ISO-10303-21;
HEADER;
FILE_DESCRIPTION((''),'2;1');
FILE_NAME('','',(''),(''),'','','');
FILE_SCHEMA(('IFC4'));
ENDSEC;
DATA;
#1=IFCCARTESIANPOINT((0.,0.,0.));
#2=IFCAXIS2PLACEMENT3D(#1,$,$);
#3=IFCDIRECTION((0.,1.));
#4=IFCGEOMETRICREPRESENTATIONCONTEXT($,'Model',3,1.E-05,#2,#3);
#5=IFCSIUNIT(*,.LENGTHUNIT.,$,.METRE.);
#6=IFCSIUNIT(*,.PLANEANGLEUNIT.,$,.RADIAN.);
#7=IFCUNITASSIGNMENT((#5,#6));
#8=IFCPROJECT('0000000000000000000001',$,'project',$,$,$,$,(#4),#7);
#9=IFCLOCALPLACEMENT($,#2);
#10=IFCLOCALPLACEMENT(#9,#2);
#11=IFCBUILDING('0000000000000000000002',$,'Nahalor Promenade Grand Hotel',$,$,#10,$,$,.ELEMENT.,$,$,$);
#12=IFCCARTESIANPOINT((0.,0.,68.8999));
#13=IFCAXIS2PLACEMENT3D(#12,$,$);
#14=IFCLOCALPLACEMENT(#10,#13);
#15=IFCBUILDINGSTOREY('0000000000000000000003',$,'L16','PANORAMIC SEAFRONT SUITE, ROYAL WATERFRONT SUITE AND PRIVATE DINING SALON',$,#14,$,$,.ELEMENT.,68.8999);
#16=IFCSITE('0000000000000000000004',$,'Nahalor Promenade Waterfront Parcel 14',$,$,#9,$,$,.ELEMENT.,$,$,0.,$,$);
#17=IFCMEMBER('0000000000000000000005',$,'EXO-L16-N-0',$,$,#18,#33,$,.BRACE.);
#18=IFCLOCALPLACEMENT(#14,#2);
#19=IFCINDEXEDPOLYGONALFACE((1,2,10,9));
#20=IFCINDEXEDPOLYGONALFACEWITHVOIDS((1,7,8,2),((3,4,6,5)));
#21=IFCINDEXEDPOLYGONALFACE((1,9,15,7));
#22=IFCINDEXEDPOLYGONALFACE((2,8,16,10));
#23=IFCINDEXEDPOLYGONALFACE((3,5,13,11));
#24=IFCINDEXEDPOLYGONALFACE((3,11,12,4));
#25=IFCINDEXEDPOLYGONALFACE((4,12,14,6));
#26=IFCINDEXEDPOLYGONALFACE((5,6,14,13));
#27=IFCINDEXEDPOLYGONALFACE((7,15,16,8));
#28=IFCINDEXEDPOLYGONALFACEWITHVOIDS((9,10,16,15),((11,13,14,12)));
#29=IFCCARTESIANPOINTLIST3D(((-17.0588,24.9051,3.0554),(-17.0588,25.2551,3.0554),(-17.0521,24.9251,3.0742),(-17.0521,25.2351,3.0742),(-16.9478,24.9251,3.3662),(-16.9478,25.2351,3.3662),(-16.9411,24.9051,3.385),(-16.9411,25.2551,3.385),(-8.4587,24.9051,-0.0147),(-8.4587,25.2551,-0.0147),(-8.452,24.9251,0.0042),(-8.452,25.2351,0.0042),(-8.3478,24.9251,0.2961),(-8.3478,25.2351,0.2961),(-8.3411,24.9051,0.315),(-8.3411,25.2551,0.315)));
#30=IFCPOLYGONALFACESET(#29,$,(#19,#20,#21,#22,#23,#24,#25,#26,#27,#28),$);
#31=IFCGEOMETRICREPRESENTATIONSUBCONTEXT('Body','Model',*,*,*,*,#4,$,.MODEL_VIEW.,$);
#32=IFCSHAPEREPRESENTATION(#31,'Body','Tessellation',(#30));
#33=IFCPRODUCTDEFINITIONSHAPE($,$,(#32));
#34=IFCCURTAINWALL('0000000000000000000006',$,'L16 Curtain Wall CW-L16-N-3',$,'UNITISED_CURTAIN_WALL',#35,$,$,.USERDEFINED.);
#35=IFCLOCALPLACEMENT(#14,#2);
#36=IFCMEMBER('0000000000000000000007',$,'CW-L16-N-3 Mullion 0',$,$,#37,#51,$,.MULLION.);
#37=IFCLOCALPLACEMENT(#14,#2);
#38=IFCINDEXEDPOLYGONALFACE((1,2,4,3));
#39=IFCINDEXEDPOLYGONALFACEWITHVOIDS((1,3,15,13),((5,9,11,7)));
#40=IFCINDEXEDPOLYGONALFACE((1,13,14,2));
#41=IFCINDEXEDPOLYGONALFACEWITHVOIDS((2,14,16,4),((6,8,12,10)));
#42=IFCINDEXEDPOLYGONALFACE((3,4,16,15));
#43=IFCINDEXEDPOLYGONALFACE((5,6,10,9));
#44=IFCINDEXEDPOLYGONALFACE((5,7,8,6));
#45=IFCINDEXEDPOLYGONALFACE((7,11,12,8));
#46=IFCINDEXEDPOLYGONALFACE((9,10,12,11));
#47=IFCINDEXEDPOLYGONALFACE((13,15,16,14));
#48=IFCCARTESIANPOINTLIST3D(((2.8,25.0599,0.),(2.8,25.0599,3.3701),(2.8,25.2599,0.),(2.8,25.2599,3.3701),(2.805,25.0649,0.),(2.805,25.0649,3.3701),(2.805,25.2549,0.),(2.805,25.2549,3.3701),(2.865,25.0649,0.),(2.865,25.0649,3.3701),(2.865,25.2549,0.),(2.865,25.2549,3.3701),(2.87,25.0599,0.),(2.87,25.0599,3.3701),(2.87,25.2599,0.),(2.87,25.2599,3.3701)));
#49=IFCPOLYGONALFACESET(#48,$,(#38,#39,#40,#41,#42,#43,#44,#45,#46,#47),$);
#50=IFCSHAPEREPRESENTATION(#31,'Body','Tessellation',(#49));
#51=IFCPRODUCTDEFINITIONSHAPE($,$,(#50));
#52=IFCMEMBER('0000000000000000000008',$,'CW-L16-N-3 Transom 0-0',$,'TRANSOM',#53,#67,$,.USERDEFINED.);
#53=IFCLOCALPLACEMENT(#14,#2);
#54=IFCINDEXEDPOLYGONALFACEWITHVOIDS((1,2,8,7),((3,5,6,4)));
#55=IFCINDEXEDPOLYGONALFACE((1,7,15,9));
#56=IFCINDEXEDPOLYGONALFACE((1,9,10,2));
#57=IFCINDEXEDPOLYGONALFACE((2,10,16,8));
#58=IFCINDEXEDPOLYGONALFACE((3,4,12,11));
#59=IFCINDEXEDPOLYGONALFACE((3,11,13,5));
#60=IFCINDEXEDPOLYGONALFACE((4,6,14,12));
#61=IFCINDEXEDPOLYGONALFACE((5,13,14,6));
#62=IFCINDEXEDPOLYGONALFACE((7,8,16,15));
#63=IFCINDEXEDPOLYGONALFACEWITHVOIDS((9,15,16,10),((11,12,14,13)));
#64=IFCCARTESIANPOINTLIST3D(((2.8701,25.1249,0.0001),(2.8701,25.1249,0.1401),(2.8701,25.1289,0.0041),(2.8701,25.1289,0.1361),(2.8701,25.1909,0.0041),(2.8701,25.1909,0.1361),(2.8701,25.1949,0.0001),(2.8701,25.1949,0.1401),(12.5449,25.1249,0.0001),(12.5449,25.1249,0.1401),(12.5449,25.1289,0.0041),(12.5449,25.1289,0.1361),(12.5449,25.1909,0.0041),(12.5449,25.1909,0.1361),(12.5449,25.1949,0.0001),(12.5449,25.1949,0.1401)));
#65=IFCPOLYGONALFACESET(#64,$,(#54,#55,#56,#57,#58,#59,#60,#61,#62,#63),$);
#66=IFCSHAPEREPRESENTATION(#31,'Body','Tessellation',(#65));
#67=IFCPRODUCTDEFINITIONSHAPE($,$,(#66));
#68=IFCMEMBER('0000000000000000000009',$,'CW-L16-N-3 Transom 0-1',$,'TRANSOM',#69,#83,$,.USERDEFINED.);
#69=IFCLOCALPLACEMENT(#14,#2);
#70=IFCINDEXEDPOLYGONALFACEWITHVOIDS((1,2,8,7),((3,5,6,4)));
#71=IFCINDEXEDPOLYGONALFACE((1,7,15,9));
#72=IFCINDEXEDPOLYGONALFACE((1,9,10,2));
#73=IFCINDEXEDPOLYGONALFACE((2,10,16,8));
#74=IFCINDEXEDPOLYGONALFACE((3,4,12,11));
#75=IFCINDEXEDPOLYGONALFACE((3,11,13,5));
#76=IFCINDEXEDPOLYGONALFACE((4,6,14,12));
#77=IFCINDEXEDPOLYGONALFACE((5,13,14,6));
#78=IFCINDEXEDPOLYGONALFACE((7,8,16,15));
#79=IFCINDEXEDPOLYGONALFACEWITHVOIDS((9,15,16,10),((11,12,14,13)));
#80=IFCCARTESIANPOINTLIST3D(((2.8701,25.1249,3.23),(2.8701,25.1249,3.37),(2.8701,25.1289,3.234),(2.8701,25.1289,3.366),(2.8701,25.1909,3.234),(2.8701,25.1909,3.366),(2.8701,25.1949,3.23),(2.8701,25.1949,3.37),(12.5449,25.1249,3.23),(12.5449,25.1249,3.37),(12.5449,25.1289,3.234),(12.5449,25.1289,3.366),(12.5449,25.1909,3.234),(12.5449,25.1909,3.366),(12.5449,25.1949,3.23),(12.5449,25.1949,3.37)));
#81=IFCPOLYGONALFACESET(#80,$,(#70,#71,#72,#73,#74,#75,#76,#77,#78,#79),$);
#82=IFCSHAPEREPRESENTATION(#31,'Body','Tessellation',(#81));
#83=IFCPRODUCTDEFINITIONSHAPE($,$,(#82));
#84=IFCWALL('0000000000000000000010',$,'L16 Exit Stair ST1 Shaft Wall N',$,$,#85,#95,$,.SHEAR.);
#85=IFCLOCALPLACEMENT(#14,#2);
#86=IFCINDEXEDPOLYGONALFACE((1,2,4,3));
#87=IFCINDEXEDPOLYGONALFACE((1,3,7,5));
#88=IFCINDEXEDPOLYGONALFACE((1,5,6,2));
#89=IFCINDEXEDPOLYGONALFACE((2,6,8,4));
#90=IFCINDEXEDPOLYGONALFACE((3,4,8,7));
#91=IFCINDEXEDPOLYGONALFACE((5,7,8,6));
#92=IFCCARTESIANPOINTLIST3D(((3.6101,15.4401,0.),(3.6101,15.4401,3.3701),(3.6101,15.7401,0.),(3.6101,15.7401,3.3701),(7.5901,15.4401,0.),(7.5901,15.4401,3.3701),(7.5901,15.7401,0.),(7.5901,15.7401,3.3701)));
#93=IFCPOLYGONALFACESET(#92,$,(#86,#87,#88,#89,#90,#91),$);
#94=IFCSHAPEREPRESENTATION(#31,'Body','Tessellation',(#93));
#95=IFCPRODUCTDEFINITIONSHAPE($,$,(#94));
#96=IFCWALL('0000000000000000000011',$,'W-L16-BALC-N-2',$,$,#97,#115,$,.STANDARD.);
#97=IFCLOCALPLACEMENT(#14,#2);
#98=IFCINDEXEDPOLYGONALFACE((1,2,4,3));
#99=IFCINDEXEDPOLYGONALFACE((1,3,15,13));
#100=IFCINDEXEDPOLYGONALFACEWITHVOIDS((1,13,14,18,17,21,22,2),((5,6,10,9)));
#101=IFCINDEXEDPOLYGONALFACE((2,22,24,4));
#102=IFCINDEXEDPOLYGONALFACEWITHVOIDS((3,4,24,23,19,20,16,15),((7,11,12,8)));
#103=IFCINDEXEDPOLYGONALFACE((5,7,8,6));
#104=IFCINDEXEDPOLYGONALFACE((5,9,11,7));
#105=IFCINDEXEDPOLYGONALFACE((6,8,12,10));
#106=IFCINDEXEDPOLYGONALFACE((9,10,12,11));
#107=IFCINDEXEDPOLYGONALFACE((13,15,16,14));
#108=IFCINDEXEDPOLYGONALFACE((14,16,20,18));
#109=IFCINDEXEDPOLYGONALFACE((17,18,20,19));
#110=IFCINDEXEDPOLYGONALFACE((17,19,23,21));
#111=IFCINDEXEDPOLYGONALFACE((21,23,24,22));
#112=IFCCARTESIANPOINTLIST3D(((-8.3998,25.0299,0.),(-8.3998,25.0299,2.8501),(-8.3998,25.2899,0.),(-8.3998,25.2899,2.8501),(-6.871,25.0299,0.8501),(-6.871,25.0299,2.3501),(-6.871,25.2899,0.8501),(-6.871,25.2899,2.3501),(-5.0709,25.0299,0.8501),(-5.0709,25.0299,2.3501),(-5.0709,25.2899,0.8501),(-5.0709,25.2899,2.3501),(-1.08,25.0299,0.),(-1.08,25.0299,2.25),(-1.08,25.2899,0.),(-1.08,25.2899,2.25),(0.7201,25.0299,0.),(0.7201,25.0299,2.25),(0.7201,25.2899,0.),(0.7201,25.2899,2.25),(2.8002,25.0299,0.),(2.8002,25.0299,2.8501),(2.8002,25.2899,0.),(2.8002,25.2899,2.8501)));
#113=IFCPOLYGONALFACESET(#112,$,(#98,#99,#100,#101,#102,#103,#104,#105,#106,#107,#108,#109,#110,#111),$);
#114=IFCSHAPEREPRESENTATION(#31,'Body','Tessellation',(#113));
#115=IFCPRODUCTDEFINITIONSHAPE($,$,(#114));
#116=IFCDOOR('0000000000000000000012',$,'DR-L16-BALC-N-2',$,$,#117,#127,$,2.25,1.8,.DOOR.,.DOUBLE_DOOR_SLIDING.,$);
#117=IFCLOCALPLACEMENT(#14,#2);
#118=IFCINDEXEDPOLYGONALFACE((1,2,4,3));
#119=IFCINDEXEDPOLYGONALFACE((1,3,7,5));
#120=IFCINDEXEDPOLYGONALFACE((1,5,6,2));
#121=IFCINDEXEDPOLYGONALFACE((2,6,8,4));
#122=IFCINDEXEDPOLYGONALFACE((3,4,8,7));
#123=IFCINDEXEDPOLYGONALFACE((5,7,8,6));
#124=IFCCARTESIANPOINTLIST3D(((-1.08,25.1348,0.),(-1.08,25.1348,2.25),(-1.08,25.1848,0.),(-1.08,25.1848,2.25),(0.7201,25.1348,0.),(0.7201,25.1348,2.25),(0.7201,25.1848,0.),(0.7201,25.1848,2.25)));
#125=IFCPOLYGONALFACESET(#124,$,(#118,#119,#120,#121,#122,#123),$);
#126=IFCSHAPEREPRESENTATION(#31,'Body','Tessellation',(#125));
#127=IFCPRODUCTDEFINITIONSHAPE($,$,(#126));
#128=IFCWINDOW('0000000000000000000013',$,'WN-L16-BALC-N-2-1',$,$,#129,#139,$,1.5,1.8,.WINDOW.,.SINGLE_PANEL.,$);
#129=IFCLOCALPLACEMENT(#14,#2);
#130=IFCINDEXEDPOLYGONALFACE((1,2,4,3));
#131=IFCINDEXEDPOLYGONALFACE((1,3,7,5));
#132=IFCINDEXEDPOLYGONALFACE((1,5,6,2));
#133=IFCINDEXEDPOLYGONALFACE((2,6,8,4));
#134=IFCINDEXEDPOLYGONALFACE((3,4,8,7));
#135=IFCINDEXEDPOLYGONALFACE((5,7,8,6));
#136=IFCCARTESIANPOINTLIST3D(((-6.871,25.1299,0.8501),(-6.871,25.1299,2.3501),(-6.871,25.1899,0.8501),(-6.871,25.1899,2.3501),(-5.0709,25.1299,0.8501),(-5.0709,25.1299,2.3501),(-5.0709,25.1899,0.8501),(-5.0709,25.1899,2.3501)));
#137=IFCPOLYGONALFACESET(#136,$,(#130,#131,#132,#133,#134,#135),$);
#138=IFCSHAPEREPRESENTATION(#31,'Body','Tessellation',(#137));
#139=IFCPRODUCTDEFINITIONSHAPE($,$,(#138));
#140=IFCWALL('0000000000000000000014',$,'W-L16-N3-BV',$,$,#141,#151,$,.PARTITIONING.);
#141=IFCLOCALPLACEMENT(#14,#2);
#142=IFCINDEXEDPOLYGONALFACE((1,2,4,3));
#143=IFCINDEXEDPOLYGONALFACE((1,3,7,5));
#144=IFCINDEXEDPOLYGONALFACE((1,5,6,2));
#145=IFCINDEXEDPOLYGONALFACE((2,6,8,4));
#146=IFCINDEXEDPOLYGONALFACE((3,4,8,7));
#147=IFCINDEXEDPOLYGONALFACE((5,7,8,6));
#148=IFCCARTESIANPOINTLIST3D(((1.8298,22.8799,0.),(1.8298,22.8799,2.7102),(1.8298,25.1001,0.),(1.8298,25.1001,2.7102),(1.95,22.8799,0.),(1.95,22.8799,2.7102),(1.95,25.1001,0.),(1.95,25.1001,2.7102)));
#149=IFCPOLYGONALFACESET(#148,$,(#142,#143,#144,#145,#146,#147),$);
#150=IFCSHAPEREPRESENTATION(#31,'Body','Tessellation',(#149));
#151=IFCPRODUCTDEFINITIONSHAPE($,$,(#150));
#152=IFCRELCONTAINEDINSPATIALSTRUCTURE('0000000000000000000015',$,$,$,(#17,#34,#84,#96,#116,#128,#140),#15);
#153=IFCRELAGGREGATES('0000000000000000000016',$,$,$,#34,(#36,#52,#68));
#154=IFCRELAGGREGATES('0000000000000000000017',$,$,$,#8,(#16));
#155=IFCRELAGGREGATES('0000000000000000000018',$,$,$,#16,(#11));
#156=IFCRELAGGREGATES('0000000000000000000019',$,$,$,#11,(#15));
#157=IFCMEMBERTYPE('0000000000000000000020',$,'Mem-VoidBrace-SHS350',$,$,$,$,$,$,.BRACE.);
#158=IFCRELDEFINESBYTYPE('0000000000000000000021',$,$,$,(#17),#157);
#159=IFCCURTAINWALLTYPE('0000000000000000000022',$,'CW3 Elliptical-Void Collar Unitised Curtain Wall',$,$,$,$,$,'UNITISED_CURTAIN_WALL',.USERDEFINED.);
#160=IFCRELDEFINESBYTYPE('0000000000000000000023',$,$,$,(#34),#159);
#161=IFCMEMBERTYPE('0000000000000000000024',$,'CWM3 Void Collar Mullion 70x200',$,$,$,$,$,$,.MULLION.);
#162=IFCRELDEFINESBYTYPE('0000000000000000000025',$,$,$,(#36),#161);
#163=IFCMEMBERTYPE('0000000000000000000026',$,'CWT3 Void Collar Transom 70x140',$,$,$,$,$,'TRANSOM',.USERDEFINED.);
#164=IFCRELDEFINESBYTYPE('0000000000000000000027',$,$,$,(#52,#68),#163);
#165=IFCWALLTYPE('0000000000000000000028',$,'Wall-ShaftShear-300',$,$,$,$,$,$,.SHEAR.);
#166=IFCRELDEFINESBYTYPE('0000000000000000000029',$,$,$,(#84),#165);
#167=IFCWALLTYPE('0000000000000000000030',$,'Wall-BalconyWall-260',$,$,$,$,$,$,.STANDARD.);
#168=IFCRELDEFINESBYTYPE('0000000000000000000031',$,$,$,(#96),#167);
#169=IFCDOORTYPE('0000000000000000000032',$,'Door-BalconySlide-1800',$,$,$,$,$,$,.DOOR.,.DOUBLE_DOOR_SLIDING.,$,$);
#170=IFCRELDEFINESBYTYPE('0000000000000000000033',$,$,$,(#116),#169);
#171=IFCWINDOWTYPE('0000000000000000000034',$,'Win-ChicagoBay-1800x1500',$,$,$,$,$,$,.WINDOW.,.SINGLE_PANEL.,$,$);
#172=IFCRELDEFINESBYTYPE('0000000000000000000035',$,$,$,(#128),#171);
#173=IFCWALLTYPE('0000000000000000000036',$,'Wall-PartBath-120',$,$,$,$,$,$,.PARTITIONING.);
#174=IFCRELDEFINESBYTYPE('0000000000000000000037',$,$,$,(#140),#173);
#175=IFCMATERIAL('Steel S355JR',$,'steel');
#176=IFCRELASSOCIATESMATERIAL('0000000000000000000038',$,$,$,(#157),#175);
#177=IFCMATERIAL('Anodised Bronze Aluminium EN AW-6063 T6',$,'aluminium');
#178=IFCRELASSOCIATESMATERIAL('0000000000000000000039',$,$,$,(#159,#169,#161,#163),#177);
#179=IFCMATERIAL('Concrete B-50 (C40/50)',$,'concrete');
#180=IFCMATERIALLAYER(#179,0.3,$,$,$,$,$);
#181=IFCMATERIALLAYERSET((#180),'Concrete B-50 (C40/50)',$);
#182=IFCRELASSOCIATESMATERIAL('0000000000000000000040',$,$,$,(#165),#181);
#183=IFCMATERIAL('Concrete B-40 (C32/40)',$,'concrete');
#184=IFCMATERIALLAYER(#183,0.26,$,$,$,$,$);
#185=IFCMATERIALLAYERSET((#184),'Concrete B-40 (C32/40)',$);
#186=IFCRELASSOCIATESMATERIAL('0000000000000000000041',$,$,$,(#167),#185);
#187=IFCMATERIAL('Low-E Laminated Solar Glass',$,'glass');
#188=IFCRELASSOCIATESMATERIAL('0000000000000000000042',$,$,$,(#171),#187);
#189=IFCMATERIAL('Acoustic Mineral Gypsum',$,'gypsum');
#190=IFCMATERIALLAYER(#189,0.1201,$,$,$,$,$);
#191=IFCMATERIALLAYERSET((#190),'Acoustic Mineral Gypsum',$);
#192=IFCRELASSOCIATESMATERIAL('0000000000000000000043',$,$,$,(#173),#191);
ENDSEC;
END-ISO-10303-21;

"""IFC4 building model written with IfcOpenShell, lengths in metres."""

from ifc_helpers import new_model, si_unit, direction, frame, frame_2d, origin, origin_2d, place, context, subcontext, project, spatial, rectangle, hollow_rectangle, extrude, source, transform, mapped, material, layer, layer_set, material_profile, profile_set, type_object, element, fill, aggregate, save


model = new_model("IFC4")

# Units and contexts
model_context = context("Model", 3, precision=1e-05, world=origin(), true_north=direction((0.0, 1.0)))
body_context = subcontext(model_context, "Body", "Model", "MODEL_VIEW")
ifc_project = project(units=[si_unit("LENGTHUNIT", "METRE"), si_unit("PLANEANGLEUNIT", "RADIAN")], contexts=[model_context])

# Site, building, storey
site_placement = place(None, origin())
site = spatial("IfcSite", under=ifc_project, at=site_placement, Name="Nahalor Promenade Waterfront Parcel 14", CompositionType="ELEMENT", RefElevation=0.0)
building_placement = place(site_placement, origin())
building = spatial("IfcBuilding", under=site, at=building_placement, Name="Nahalor Promenade Grand Hotel", CompositionType="ELEMENT")
storey_placement = place(building_placement, frame((0.0, 0.0, 68.8999)))
storey = spatial("IfcBuildingStorey", under=building, at=storey_placement, Name="L16", Description="PANORAMIC SEAFRONT SUITE, ROYAL WATERFRONT SUITE AND PRIVATE DINING SALON", CompositionType="ELEMENT", Elevation=68.8999)

# Shared definitions
ifc_material_1 = material(Name="Steel S355JR", Category="steel")

# Member
ifc_material_profile_1 = material_profile(ifc_material_1, hollow_rectangle(XDim=0.35, YDim=0.35, WallThickness=0.02, at=origin_2d()), Name="SHS 350x350x20")
ifc_profile_set_1 = profile_set([ifc_material_profile_1], Name="Steel S355JR")
member_type_1 = type_object("IfcMemberType", Name="Mem-VoidBrace-SHS350", PredefinedType="BRACE", material=ifc_profile_set_1)
shared_shape_1 = source(origin(), body_context, "Body", "SweptSolid", [
    extrude(hollow_rectangle(XDim=0.35, YDim=0.35, WallThickness=0.02, at=origin_2d()), origin(), (0.0, 0.0, 1.0), 9.1316),
])
member_1_placement = place(storey_placement, frame((-8.3999, 25.0801, 0.1501), z_axis=(-0.94179, 0.0, 0.336201), x_axis=(0.0, -1.0, 0.0)))
element("IfcMember", 1, at=member_1_placement, inside=storey, type_object=member_type_1, Name="EXO-L16-N-0", PredefinedType="BRACE", context=body_context, shape_type="MappedRepresentation", body=[
    mapped(shared_shape_1, transform((0.0, 0.0, 0.0), scale=1.0)),
])

# Curtain wall, members
ifc_material_2 = material(Name="Anodised Bronze Aluminium EN AW-6063 T6", Category="aluminium")
curtain_wall_type = type_object("IfcCurtainWallType", Name="CW3 Elliptical-Void Collar Unitised Curtain Wall", ElementType="UNITISED_CURTAIN_WALL", PredefinedType="USERDEFINED", material=ifc_material_2)
curtain_wall_placement = place(storey_placement, origin())
curtain_wall = element("IfcCurtainWall", 2, at=curtain_wall_placement, inside=storey, type_object=curtain_wall_type, Name="L16 Curtain Wall CW-L16-N-3", ObjectType="UNITISED_CURTAIN_WALL", PredefinedType="USERDEFINED")
ifc_material_profile_2 = material_profile(ifc_material_2, hollow_rectangle(XDim=0.07, YDim=0.2, WallThickness=0.005, at=origin_2d()), Name="CWM 70x200x5")
ifc_profile_set_2 = profile_set([ifc_material_profile_2], Name="Anodised Bronze Aluminium EN AW-6063 T6")
member_type_2 = type_object("IfcMemberType", Name="CWM3 Void Collar Mullion 70x200", PredefinedType="MULLION", material=ifc_profile_set_2)
shared_shape_2 = source(origin(), body_context, "Body", "SweptSolid", [
    extrude(hollow_rectangle(XDim=0.07, YDim=0.2, WallThickness=0.005, at=origin_2d()), origin(), (0.0, 0.0, 1.0), 3.3701),
])
member_2_placement = place(storey_placement, frame((2.835, 25.1599, 0.0), z_axis=(0.0, 0.0, 1.0), x_axis=(1.0, 0.0, 0.0)))
member_2 = element("IfcMember", 3, at=member_2_placement, type_object=member_type_2, Name="CW-L16-N-3 Mullion 0", PredefinedType="MULLION", context=body_context, shape_type="MappedRepresentation", body=[
    mapped(shared_shape_2, transform((0.0, 0.0, 0.0), scale=1.0)),
])
ifc_material_profile_3 = material_profile(ifc_material_2, hollow_rectangle(XDim=0.07, YDim=0.14, WallThickness=0.004, at=origin_2d()), Name="CWT 70x140x4")
ifc_profile_set_3 = profile_set([ifc_material_profile_3], Name="Anodised Bronze Aluminium EN AW-6063 T6")
member_type_3 = type_object("IfcMemberType", Name="CWT3 Void Collar Transom 70x140", ElementType="TRANSOM", PredefinedType="USERDEFINED", material=ifc_profile_set_3)
shared_shape_3 = source(origin(), body_context, "Body", "SweptSolid", [
    extrude(hollow_rectangle(XDim=0.07, YDim=0.14, WallThickness=0.004, at=origin_2d()), origin(), (0.0, 0.0, 1.0), 9.6748),
])
member_3_placement = place(storey_placement, frame((2.8701, 25.1599, 0.0701), z_axis=(1.0, 0.0, 0.0), x_axis=(0.0, 1.0, 0.0)))
member_3 = element("IfcMember", 4, at=member_3_placement, type_object=member_type_3, Name="CW-L16-N-3 Transom 0-0", ObjectType="TRANSOM", PredefinedType="USERDEFINED", context=body_context, shape_type="MappedRepresentation", body=[
    mapped(shared_shape_3, transform((0.0, 0.0, 0.0), scale=1.0)),
])
member_4_placement = place(storey_placement, frame((2.8701, 25.1599, 3.3), z_axis=(1.0, 0.0, 0.0), x_axis=(0.0, 1.0, 0.0)))
member_4 = element("IfcMember", 5, at=member_4_placement, type_object=member_type_3, Name="CW-L16-N-3 Transom 0-1", ObjectType="TRANSOM", PredefinedType="USERDEFINED", context=body_context, shape_type="MappedRepresentation", body=[
    mapped(shared_shape_3, transform((0.0, 0.0, 0.0), scale=1.0)),
])
aggregate(curtain_wall, [member_2, member_3, member_4])

# Wall
ifc_material_3 = material(Name="Concrete B-50 (C40/50)", Category="concrete")
ifc_layer_1 = layer(ifc_material_3, 0.3)
ifc_layer_set_1 = layer_set([ifc_layer_1], Name="Concrete B-50 (C40/50)")
wall_type_1 = type_object("IfcWallType", Name="Wall-ShaftShear-300", PredefinedType="SHEAR", material=ifc_layer_set_1)
shared_shape_4 = source(origin(), body_context, "Body", "SweptSolid", [
    extrude(rectangle(XDim=3.98, YDim=0.3, at=frame_2d((1.99, 0.0))), origin(), (0.0, 0.0, 1.0), 3.3701),
])
wall_1_placement = place(storey_placement, frame((3.6101, 15.5901, 0.0), z_axis=(0.0, 0.0, 1.0), x_axis=(1.0, 0.0, 0.0)))
element("IfcWall", 6, at=wall_1_placement, inside=storey, type_object=wall_type_1, Name="L16 Exit Stair ST1 Shaft Wall N", PredefinedType="SHEAR", context=body_context, shape_type="MappedRepresentation", body=[
    mapped(shared_shape_4, transform((0.0, 0.0, 0.0), scale=1.0)),
])

# Wall, openings, door, window
ifc_material_4 = material(Name="Concrete B-40 (C32/40)", Category="concrete")
ifc_layer_2 = layer(ifc_material_4, 0.26)
ifc_layer_set_2 = layer_set([ifc_layer_2], Name="Concrete B-40 (C32/40)")
wall_type_2 = type_object("IfcWallType", Name="Wall-BalconyWall-260", PredefinedType="STANDARD", material=ifc_layer_set_2)
shared_shape_5 = source(origin(), body_context, "Body", "SweptSolid", [
    extrude(rectangle(XDim=11.2, YDim=0.26, at=frame_2d((5.6001, 0.0))), origin(), (0.0, 0.0, 1.0), 2.8501),
])
wall_2_placement = place(storey_placement, frame((-8.3999, 25.1599, 0.0), z_axis=(0.0, 0.0, 1.0), x_axis=(1.0, 0.0, 0.0)))
wall_2 = element("IfcWall", 7, at=wall_2_placement, inside=storey, type_object=wall_type_2, Name="W-L16-BALC-N-2", PredefinedType="STANDARD", context=body_context, shape_type="MappedRepresentation", body=[
    mapped(shared_shape_5, transform((0.0, 0.0, 0.0), scale=1.0)),
])
opening_1_placement = place(wall_2_placement, frame((7.3201, 0.0, 0.0)))
opening_1 = element("IfcOpeningElement", 8, at=opening_1_placement, cuts=wall_2, PredefinedType="OPENING", context=body_context, shape_type="SweptSolid", body=[
    extrude(rectangle(XDim=1.8, YDim=2.25, at=frame_2d((0.8999, 1.125))), frame((0.0, 0.1399, 0.0), z_axis=(0.0, -1.0, 0.0), x_axis=(1.0, 0.0, 0.0)), (0.0, 0.0, 1.0), 0.28),
])
opening_2_placement = place(wall_2_placement, frame((1.5291, 0.0, 0.8501)))
opening_2 = element("IfcOpeningElement", 9, at=opening_2_placement, cuts=wall_2, PredefinedType="OPENING", context=body_context, shape_type="SweptSolid", body=[
    extrude(rectangle(XDim=1.8, YDim=1.5, at=frame_2d((0.8999, 0.75))), frame((0.0, 0.1399, 0.0), z_axis=(0.0, -1.0, 0.0), x_axis=(1.0, 0.0, 0.0)), (0.0, 0.0, 1.0), 0.28),
])
door_type_1 = type_object("IfcDoorType", Name="Door-BalconySlide-1800", OperationType="DOUBLE_DOOR_SLIDING", PredefinedType="DOOR", material=ifc_material_2)
shared_shape_6 = source(origin(), body_context, "Body", "SweptSolid", [
    extrude(rectangle(XDim=1.8, YDim=2.25, at=frame_2d((0.8999, 1.125))), frame((0.0, 0.0249, 0.0), z_axis=(0.0, -1.0, 0.0), x_axis=(1.0, 0.0, 0.0)), (0.0, 0.0, 1.0), 0.05),
])
door_1_placement = place(opening_1_placement, origin())
door_1 = element("IfcDoor", 10, at=door_1_placement, inside=storey, type_object=door_type_1, Name="DR-L16-BALC-N-2", OperationType="DOUBLE_DOOR_SLIDING", OverallHeight=2.25, OverallWidth=1.8, PredefinedType="DOOR", context=body_context, shape_type="MappedRepresentation", body=[
    mapped(shared_shape_6, transform((0.0, 0.0, 0.0), scale=1.0)),
])
fill(opening_1, door_1)
ifc_material_5 = material(Name="Low-E Laminated Solar Glass", Category="glass")
window_type = type_object("IfcWindowType", Name="Win-ChicagoBay-1800x1500", PartitioningType="SINGLE_PANEL", PredefinedType="WINDOW", material=ifc_material_5)
shared_shape_7 = source(origin(), body_context, "Body", "SweptSolid", [
    extrude(rectangle(XDim=1.8, YDim=1.5, at=frame_2d((0.8999, 0.75))), frame((0.0, 0.03, 0.0), z_axis=(0.0, -1.0, 0.0), x_axis=(1.0, 0.0, 0.0)), (0.0, 0.0, 1.0), 0.0601),
])
window_placement = place(opening_2_placement, origin())
window = element("IfcWindow", 11, at=window_placement, inside=storey, type_object=window_type, Name="WN-L16-BALC-N-2-1", OverallHeight=1.5, OverallWidth=1.8, PartitioningType="SINGLE_PANEL", PredefinedType="WINDOW", context=body_context, shape_type="MappedRepresentation", body=[
    mapped(shared_shape_7, transform((0.0, 0.0, 0.0), scale=1.0)),
])
fill(opening_2, window)

# Wall
ifc_material_6 = material(Name="Acoustic Mineral Gypsum", Category="gypsum")
ifc_layer_3 = layer(ifc_material_6, 0.1201)
ifc_layer_set_3 = layer_set([ifc_layer_3], Name="Acoustic Mineral Gypsum")
wall_type_3 = type_object("IfcWallType", Name="Wall-PartBath-120", PredefinedType="PARTITIONING", material=ifc_layer_set_3)
shared_shape_8 = source(origin(), body_context, "Body", "SweptSolid", [
    extrude(rectangle(XDim=2.2202, YDim=0.1201, at=frame_2d((1.1101, 0.0))), origin(), (0.0, 0.0, 1.0), 2.7102),
])
wall_3_placement = place(storey_placement, frame((1.8899, 22.8799, 0.0), z_axis=(0.0, 0.0, 1.0), x_axis=(0.0, 1.0, 0.0)))
element("IfcWall", 12, at=wall_3_placement, inside=storey, type_object=wall_type_3, Name="W-L16-N3-BV", PredefinedType="PARTITIONING", context=body_context, shape_type="MappedRepresentation", body=[
    mapped(shared_shape_8, transform((0.0, 0.0, 0.0), scale=1.0)),
])

save(model, "model.ifc")
